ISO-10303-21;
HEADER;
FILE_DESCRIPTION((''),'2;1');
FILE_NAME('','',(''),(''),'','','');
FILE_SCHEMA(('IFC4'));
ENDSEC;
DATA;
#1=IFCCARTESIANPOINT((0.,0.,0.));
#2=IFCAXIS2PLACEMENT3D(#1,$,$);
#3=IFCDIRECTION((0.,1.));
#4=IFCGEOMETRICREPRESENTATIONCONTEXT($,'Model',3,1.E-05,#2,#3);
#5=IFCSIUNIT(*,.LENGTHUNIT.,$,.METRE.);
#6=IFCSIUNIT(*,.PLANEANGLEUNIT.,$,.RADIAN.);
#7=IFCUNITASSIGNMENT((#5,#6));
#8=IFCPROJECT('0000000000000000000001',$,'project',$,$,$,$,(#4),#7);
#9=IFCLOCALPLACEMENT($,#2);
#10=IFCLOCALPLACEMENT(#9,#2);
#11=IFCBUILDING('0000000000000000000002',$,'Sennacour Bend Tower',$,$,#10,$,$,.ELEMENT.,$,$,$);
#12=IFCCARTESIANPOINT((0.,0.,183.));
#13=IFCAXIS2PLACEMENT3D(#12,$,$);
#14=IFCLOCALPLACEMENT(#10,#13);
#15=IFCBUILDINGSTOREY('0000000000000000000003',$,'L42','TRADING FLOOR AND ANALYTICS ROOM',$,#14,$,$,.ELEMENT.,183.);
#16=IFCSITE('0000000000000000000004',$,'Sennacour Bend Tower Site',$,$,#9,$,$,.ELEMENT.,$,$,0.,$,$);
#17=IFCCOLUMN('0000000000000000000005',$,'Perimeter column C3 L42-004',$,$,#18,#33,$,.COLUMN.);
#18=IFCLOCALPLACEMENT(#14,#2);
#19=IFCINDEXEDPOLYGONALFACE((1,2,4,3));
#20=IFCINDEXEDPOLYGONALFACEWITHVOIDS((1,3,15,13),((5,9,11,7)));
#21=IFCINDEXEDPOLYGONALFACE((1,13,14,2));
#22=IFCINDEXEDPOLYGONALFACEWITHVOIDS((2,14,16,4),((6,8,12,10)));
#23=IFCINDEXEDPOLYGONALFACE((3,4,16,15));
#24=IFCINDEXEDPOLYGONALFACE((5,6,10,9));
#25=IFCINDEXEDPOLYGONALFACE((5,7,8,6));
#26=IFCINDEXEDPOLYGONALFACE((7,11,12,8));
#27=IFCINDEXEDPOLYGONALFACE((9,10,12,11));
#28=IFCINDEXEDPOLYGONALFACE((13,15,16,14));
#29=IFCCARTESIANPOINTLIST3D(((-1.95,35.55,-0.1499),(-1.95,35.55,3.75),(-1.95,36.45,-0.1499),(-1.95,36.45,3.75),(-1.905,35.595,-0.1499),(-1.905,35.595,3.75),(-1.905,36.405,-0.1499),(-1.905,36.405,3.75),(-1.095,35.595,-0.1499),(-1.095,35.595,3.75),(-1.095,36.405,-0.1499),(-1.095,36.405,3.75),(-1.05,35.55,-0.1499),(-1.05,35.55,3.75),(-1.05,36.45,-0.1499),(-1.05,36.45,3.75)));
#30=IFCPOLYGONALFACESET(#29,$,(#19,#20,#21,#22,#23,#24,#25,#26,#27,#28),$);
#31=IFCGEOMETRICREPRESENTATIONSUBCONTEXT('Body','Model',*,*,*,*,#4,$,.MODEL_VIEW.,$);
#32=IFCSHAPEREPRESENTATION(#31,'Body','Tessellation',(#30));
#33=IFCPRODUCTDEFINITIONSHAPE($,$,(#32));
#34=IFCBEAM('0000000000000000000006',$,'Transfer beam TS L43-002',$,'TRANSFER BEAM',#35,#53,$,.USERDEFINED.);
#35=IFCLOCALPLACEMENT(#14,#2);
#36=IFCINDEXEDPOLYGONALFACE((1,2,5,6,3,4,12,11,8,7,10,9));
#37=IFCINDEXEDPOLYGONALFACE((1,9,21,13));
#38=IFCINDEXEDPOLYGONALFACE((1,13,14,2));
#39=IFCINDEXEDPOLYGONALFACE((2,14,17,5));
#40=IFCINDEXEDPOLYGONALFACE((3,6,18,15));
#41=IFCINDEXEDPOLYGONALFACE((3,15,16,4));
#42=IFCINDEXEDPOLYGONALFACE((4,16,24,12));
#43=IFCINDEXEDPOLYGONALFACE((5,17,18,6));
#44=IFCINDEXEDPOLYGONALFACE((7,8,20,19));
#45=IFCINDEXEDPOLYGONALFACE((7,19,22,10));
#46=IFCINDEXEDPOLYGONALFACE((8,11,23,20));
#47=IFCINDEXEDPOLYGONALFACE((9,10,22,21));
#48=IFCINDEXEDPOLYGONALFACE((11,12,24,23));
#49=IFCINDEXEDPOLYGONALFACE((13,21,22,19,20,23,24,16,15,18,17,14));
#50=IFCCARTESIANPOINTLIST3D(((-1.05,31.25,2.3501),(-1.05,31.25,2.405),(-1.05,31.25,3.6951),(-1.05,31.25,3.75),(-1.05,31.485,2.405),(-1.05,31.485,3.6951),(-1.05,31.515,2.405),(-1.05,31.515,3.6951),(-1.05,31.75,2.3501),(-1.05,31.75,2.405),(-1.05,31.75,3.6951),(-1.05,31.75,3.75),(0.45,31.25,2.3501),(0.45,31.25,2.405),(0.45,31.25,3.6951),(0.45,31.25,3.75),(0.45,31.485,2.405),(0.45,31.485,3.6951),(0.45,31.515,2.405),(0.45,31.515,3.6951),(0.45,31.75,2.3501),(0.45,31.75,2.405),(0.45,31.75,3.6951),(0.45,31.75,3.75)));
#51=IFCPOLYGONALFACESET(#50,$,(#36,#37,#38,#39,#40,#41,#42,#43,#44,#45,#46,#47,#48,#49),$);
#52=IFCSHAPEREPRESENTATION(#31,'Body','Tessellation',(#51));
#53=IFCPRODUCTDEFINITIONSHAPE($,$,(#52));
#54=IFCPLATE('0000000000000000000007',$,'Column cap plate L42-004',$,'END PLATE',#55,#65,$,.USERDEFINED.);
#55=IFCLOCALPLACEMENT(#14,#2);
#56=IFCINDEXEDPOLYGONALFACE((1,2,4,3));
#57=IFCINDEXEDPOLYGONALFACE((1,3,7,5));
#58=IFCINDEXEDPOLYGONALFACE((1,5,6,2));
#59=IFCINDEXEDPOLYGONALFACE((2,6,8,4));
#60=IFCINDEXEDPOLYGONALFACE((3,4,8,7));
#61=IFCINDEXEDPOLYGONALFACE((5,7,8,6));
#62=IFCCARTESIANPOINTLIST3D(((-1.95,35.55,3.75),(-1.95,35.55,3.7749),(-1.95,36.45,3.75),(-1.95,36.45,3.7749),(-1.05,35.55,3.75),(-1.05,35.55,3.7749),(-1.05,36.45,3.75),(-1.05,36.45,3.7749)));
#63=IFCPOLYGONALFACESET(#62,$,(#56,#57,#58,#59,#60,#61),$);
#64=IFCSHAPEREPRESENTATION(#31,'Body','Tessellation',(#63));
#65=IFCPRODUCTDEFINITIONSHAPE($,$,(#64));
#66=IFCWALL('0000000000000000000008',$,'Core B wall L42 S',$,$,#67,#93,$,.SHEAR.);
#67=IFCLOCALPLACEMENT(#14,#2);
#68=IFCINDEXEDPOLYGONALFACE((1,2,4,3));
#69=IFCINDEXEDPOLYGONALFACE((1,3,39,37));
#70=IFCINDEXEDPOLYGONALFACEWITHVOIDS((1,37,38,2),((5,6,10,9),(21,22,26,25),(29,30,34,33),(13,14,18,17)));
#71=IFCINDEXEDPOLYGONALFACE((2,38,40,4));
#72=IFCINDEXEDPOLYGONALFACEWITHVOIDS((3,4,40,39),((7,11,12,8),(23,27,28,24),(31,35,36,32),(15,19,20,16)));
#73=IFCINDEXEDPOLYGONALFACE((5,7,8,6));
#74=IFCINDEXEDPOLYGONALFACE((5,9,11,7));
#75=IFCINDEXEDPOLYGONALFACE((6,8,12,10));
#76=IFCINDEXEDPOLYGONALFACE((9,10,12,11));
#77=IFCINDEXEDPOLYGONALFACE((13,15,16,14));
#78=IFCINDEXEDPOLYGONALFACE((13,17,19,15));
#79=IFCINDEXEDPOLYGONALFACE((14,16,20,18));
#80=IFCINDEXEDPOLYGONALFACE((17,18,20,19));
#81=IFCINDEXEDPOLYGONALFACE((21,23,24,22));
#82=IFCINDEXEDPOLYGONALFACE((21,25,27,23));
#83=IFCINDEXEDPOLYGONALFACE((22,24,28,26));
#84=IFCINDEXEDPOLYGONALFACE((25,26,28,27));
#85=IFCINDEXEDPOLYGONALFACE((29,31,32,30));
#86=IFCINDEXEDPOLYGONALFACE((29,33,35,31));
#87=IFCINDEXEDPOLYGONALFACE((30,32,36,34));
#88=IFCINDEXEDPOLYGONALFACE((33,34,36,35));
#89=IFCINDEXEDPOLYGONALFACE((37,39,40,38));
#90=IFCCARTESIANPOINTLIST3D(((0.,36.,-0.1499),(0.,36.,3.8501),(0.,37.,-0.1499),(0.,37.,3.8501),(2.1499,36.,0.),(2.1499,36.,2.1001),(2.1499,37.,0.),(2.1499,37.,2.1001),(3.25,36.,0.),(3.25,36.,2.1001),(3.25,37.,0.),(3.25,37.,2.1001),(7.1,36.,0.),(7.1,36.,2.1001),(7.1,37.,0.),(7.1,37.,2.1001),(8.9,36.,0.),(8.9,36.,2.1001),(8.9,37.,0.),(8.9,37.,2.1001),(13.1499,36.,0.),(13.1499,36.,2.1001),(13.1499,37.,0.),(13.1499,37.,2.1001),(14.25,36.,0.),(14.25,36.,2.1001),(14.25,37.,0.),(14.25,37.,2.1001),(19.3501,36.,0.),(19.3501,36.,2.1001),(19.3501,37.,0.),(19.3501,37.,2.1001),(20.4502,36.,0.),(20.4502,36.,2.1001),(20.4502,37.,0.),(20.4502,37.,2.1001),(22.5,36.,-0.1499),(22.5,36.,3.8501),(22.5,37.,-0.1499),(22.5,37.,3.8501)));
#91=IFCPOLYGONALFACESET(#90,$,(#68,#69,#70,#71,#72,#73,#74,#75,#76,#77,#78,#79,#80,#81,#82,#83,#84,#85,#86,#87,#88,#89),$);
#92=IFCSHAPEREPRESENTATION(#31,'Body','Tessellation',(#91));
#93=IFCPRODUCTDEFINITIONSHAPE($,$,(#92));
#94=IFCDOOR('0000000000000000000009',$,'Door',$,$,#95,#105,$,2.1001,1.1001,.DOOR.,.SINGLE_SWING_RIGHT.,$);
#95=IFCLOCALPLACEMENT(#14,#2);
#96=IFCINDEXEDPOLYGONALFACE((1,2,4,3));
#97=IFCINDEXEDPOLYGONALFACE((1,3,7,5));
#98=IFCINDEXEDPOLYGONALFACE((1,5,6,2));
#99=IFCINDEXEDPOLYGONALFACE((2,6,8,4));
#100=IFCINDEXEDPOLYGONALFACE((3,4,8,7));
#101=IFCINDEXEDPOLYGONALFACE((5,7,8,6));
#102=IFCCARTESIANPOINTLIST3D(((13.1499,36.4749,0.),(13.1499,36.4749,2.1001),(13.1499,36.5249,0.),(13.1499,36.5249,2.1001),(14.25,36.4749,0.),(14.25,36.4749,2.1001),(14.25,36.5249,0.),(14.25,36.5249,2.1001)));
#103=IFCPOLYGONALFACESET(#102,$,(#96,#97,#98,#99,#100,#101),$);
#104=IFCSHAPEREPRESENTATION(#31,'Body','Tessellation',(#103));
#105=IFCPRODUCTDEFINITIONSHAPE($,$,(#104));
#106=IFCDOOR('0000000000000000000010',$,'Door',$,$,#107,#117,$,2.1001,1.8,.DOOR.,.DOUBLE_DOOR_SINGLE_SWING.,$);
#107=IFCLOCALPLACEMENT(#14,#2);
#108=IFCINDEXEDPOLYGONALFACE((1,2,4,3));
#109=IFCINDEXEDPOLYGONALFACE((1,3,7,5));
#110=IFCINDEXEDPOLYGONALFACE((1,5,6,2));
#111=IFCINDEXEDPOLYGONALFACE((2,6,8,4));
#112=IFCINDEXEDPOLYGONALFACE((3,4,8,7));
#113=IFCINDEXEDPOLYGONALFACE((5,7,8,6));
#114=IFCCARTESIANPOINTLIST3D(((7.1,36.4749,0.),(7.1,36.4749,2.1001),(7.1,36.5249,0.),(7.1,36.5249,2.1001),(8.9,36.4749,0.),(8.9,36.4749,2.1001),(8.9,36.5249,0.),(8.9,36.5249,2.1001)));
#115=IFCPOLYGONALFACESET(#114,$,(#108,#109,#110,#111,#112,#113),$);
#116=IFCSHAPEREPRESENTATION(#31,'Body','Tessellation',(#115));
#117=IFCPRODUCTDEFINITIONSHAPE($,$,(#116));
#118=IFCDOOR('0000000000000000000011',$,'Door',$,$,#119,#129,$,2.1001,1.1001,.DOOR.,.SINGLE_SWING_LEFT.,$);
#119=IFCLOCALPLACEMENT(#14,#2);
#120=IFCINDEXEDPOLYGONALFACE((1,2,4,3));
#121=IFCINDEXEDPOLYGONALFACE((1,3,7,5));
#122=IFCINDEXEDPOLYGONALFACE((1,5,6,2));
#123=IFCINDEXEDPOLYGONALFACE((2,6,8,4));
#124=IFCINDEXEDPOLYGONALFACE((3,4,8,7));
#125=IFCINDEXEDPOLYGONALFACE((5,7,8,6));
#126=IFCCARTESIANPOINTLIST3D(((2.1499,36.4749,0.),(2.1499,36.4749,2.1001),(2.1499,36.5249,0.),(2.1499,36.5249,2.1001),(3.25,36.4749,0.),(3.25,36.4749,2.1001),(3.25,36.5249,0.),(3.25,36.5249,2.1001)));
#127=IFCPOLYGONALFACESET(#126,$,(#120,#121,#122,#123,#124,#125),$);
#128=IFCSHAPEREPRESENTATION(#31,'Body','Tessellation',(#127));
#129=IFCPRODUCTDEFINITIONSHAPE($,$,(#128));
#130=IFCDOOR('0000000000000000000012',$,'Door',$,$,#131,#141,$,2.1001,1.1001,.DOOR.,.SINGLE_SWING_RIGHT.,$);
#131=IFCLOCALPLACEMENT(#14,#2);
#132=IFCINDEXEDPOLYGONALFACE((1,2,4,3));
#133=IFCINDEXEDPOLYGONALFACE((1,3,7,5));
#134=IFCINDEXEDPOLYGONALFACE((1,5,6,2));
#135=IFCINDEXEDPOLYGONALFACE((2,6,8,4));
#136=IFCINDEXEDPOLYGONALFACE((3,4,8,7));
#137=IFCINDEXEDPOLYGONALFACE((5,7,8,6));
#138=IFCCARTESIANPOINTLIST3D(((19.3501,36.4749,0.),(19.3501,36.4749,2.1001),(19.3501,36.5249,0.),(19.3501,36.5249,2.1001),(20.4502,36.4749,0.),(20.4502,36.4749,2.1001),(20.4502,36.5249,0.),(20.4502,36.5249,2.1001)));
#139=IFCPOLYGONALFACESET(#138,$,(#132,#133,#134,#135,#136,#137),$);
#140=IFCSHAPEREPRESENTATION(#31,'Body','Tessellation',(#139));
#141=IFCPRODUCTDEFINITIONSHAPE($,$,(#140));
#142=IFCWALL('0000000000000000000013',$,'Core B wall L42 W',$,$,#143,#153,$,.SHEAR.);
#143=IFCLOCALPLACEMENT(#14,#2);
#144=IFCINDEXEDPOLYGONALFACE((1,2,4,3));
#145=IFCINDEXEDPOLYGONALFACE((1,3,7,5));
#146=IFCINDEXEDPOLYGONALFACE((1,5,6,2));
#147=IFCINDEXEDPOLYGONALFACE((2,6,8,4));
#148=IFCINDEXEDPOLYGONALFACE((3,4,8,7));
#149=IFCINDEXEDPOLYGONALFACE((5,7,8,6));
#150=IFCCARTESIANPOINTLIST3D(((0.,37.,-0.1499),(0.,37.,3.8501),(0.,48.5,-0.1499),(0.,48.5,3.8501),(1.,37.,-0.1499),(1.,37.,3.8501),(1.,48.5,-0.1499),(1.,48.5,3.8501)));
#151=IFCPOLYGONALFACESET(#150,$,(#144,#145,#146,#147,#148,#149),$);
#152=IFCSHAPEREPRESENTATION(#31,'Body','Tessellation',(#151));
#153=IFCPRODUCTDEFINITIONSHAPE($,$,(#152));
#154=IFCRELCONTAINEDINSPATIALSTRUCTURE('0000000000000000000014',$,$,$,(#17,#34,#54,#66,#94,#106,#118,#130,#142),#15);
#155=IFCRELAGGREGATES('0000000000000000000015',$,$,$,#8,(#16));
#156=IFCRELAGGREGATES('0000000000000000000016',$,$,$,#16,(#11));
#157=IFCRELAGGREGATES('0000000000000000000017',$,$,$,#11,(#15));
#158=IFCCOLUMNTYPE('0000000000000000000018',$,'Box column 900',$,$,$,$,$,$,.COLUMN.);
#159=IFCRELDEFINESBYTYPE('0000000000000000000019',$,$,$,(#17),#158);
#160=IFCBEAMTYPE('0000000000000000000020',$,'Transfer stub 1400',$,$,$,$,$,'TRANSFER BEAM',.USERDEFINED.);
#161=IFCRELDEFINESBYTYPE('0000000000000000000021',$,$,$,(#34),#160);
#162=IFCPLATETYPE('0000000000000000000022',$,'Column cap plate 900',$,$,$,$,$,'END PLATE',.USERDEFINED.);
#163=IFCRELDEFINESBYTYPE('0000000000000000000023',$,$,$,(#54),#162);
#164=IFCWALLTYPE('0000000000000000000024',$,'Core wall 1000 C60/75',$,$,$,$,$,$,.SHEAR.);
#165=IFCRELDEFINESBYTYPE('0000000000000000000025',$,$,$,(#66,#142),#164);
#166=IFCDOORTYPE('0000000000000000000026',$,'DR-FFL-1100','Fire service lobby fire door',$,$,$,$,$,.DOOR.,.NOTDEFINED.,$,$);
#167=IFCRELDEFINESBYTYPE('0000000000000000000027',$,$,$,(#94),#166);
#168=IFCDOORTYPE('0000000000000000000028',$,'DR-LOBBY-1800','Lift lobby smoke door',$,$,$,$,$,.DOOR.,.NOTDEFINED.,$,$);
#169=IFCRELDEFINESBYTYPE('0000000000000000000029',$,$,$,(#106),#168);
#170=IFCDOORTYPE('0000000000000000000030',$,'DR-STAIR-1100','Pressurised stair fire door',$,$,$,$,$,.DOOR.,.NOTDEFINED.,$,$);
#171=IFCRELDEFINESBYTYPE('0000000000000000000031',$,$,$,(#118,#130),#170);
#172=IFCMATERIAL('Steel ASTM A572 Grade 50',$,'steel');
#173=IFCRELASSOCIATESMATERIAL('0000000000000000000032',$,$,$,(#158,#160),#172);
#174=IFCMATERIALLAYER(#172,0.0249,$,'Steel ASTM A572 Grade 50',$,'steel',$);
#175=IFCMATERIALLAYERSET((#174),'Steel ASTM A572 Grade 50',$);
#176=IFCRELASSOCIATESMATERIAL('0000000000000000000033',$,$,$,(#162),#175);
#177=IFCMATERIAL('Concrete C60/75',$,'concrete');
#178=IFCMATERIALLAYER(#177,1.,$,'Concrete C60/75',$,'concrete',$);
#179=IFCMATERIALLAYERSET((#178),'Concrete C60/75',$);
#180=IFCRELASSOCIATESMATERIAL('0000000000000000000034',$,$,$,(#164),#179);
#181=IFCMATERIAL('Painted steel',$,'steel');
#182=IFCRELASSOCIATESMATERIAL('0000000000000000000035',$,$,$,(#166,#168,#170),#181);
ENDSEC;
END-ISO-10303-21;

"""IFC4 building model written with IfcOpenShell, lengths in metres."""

from ifc_helpers import new_model, si_unit, direction, frame, frame_2d, origin, origin_2d, place, context, subcontext, project, spatial, rectangle, hollow_rectangle, i_section, extrude, material, layer, layer_set, material_profile, profile_set, type_object, element, fill, save


model = new_model("IFC4")

# Units and contexts
model_context = context("Model", 3, precision=1e-05, world=origin(), true_north=direction((0.0, 1.0)))
body_context = subcontext(model_context, "Body", "Model", "MODEL_VIEW")
ifc_project = project(units=[si_unit("LENGTHUNIT", "METRE"), si_unit("PLANEANGLEUNIT", "RADIAN")], contexts=[model_context])

# Site, building, storey
site_placement = place(None, origin())
site = spatial("IfcSite", under=ifc_project, at=site_placement, Name="Sennacour Bend Tower Site", CompositionType="ELEMENT", RefElevation=0.0)
building_placement = place(site_placement, origin())
building = spatial("IfcBuilding", under=site, at=building_placement, Name="Sennacour Bend Tower", CompositionType="ELEMENT")
storey_placement = place(building_placement, frame((0.0, 0.0, 183.0)))
storey = spatial("IfcBuildingStorey", under=building, at=storey_placement, Name="L42", Description="TRADING FLOOR AND ANALYTICS ROOM", CompositionType="ELEMENT", Elevation=183.0)

# Column
ifc_material_1 = material(Name="Steel ASTM A572 Grade 50", Category="steel")
ifc_material_profile_1 = material_profile(ifc_material_1, hollow_rectangle(XDim=0.8999, YDim=0.8999, WallThickness=0.0449, at=origin_2d()), Name="Steel ASTM A572 Grade 50", Category="steel")
ifc_profile_set_1 = profile_set([ifc_material_profile_1], Name="Steel ASTM A572 Grade 50")
column_type = type_object("IfcColumnType", Name="Box column 900", PredefinedType="COLUMN", material=ifc_profile_set_1)
column_placement = place(storey_placement, frame((-1.5, 36.0, -0.1499), z_axis=(0.0, 0.0, 1.0), x_axis=(1.0, 0.0, 0.0)))
element("IfcColumn", 1, at=column_placement, inside=storey, type_object=column_type, Name="Perimeter column C3 L42-004", PredefinedType="COLUMN", context=body_context, shape_type="SweptSolid", body=[
    extrude(hollow_rectangle(XDim=0.8999, YDim=0.8999, WallThickness=0.0449, at=origin_2d()), origin(), (0.0, 0.0, 1.0), 3.8999),
])

# Beam
ifc_material_profile_2 = material_profile(ifc_material_1, i_section(OverallWidth=0.5, OverallDepth=1.3999, WebThickness=0.03, FlangeThickness=0.0549, at=origin_2d()), Name="Steel ASTM A572 Grade 50", Category="steel")
ifc_profile_set_2 = profile_set([ifc_material_profile_2], Name="Steel ASTM A572 Grade 50")
beam_type = type_object("IfcBeamType", Name="Transfer stub 1400", ElementType="TRANSFER BEAM", PredefinedType="USERDEFINED", material=ifc_profile_set_2)
beam_placement = place(storey_placement, frame((-1.05, 31.5, 3.05), z_axis=(1.0, 0.0, 0.0), x_axis=(0.0, 1.0, 0.0)))
element("IfcBeam", 2, at=beam_placement, inside=storey, type_object=beam_type, Name="Transfer beam TS L43-002", ObjectType="TRANSFER BEAM", PredefinedType="USERDEFINED", context=body_context, shape_type="SweptSolid", body=[
    extrude(i_section(OverallWidth=0.5, OverallDepth=1.3999, WebThickness=0.03, FlangeThickness=0.0549, at=origin_2d()), origin(), (0.0, 0.0, 1.0), 1.5),
])

# Plate
ifc_layer_1 = layer(ifc_material_1, 0.0249, Name="Steel ASTM A572 Grade 50", Category="steel")
ifc_layer_set_1 = layer_set([ifc_layer_1], Name="Steel ASTM A572 Grade 50")
plate_type = type_object("IfcPlateType", Name="Column cap plate 900", ElementType="END PLATE", PredefinedType="USERDEFINED", material=ifc_layer_set_1)
plate_placement = place(storey_placement, frame((-1.5, 36.0, 3.75), z_axis=(0.0, 0.0, 1.0), x_axis=(1.0, 0.0, 0.0)))
element("IfcPlate", 3, at=plate_placement, inside=storey, type_object=plate_type, Name="Column cap plate L42-004", ObjectType="END PLATE", PredefinedType="USERDEFINED", context=body_context, shape_type="SweptSolid", body=[
    extrude(rectangle(XDim=0.8999, YDim=0.8999, at=origin_2d()), origin(), (0.0, 0.0, 1.0), 0.0249),
])

# Wall, openings, doors
ifc_material_2 = material(Name="Concrete C60/75", Category="concrete")
ifc_layer_2 = layer(ifc_material_2, 1.0, Name="Concrete C60/75", Category="concrete")
ifc_layer_set_2 = layer_set([ifc_layer_2], Name="Concrete C60/75")
wall_type_1 = type_object("IfcWallType", Name="Core wall 1000 C60/75", PredefinedType="SHEAR", material=ifc_layer_set_2)
wall_1_placement = place(storey_placement, frame((0.0, 36.5, -0.1499), z_axis=(0.0, 0.0, 1.0), x_axis=(1.0, 0.0, 0.0)))
wall_1 = element("IfcWall", 4, at=wall_1_placement, inside=storey, type_object=wall_type_1, Name="Core B wall L42 S", PredefinedType="SHEAR", context=body_context, shape_type="SweptSolid", body=[
    extrude(rectangle(XDim=22.5, YDim=1.0, at=frame_2d((11.25, 0.0))), origin(), (0.0, 0.0, 1.0), 4.0),
])
opening_1_placement = place(wall_1_placement, frame((7.1001, 0.0, 0.1499)))
opening_1 = element("IfcOpeningElement", 5, at=opening_1_placement, cuts=wall_1, PredefinedType="OPENING", context=body_context, shape_type="SweptSolid", body=[
    extrude(rectangle(XDim=1.8, YDim=2.1001, at=frame_2d((0.8999, 1.05))), frame((0.0, 0.51, 0.0), z_axis=(0.0, -1.0, 0.0), x_axis=(1.0, 0.0, 0.0)), (0.0, 0.0, 1.0), 1.02),
])
opening_2_placement = place(wall_1_placement, frame((13.1499, 0.0, 0.1499)))
opening_2 = element("IfcOpeningElement", 6, at=opening_2_placement, cuts=wall_1, PredefinedType="OPENING", context=body_context, shape_type="SweptSolid", body=[
    extrude(rectangle(XDim=1.1001, YDim=2.1001, at=frame_2d((0.55, 1.05))), frame((0.0, 0.51, 0.0), z_axis=(0.0, -1.0, 0.0), x_axis=(1.0, 0.0, 0.0)), (0.0, 0.0, 1.0), 1.02),
])
opening_3_placement = place(wall_1_placement, frame((2.1499, 0.0, 0.1499)))
opening_3 = element("IfcOpeningElement", 7, at=opening_3_placement, cuts=wall_1, PredefinedType="OPENING", context=body_context, shape_type="SweptSolid", body=[
    extrude(rectangle(XDim=1.1001, YDim=2.1001, at=frame_2d((0.55, 1.05))), frame((0.0, 0.51, 0.0), z_axis=(0.0, -1.0, 0.0), x_axis=(1.0, 0.0, 0.0)), (0.0, 0.0, 1.0), 1.02),
])
opening_4_placement = place(wall_1_placement, frame((19.3501, 0.0, 0.1499)))
opening_4 = element("IfcOpeningElement", 8, at=opening_4_placement, cuts=wall_1, PredefinedType="OPENING", context=body_context, shape_type="SweptSolid", body=[
    extrude(rectangle(XDim=1.1001, YDim=2.1001, at=frame_2d((0.55, 1.05))), frame((0.0, 0.51, 0.0), z_axis=(0.0, -1.0, 0.0), x_axis=(1.0, 0.0, 0.0)), (0.0, 0.0, 1.0), 1.02),
])
ifc_material_3 = material(Name="Painted steel", Category="steel")
door_type_1 = type_object("IfcDoorType", Name="DR-FFL-1100", Description="Fire service lobby fire door", OperationType="NOTDEFINED", PredefinedType="DOOR", material=ifc_material_3)
door_1_placement = place(opening_2_placement, origin())
door_1 = element("IfcDoor", 9, at=door_1_placement, inside=storey, type_object=door_type_1, Name="Door", OperationType="SINGLE_SWING_RIGHT", OverallHeight=2.1001, OverallWidth=1.1001, PredefinedType="DOOR", context=body_context, shape_type="SweptSolid", body=[
    extrude(rectangle(XDim=1.1001, YDim=2.1001, at=frame_2d((0.55, 1.05))), frame((0.0, 0.0249, 0.0), z_axis=(0.0, -1.0, 0.0), x_axis=(1.0, 0.0, 0.0)), (0.0, 0.0, 1.0), 0.05),
])
fill(opening_2, door_1)
door_type_2 = type_object("IfcDoorType", Name="DR-LOBBY-1800", Description="Lift lobby smoke door", OperationType="NOTDEFINED", PredefinedType="DOOR", material=ifc_material_3)
door_2_placement = place(opening_1_placement, origin())
door_2 = element("IfcDoor", 10, at=door_2_placement, inside=storey, type_object=door_type_2, Name="Door", OperationType="DOUBLE_DOOR_SINGLE_SWING", OverallHeight=2.1001, OverallWidth=1.8, PredefinedType="DOOR", context=body_context, shape_type="SweptSolid", body=[
    extrude(rectangle(XDim=1.8, YDim=2.1001, at=frame_2d((0.8999, 1.05))), frame((0.0, 0.0249, 0.0), z_axis=(0.0, -1.0, 0.0), x_axis=(1.0, 0.0, 0.0)), (0.0, 0.0, 1.0), 0.05),
])
fill(opening_1, door_2)
door_type_3 = type_object("IfcDoorType", Name="DR-STAIR-1100", Description="Pressurised stair fire door", OperationType="NOTDEFINED", PredefinedType="DOOR", material=ifc_material_3)
door_3_placement = place(opening_3_placement, origin())
door_3 = element("IfcDoor", 11, at=door_3_placement, inside=storey, type_object=door_type_3, Name="Door", OperationType="SINGLE_SWING_LEFT", OverallHeight=2.1001, OverallWidth=1.1001, PredefinedType="DOOR", context=body_context, shape_type="SweptSolid", body=[
    extrude(rectangle(XDim=1.1001, YDim=2.1001, at=frame_2d((0.55, 1.05))), frame((0.0, 0.0249, 0.0), z_axis=(0.0, -1.0, 0.0), x_axis=(1.0, 0.0, 0.0)), (0.0, 0.0, 1.0), 0.05),
])
fill(opening_3, door_3)
door_4_placement = place(opening_4_placement, origin())
door_4 = element("IfcDoor", 12, at=door_4_placement, inside=storey, type_object=door_type_3, Name="Door", OperationType="SINGLE_SWING_RIGHT", OverallHeight=2.1001, OverallWidth=1.1001, PredefinedType="DOOR", context=body_context, shape_type="SweptSolid", body=[
    extrude(rectangle(XDim=1.1001, YDim=2.1001, at=frame_2d((0.55, 1.05))), frame((0.0, 0.0249, 0.0), z_axis=(0.0, -1.0, 0.0), x_axis=(1.0, 0.0, 0.0)), (0.0, 0.0, 1.0), 0.05),
])
fill(opening_4, door_4)

# Wall
wall_2_placement = place(storey_placement, frame((0.5, 37.0, -0.1499), z_axis=(0.0, 0.0, 1.0), x_axis=(0.0, 1.0, 0.0)))
element("IfcWall", 13, at=wall_2_placement, inside=storey, type_object=wall_type_1, Name="Core B wall L42 W", PredefinedType="SHEAR", context=body_context, shape_type="SweptSolid", body=[
    extrude(rectangle(XDim=11.5, YDim=1.0, at=frame_2d((5.75, 0.0))), origin(), (0.0, 0.0, 1.0), 4.0),
])

save(model, "model.ifc")
